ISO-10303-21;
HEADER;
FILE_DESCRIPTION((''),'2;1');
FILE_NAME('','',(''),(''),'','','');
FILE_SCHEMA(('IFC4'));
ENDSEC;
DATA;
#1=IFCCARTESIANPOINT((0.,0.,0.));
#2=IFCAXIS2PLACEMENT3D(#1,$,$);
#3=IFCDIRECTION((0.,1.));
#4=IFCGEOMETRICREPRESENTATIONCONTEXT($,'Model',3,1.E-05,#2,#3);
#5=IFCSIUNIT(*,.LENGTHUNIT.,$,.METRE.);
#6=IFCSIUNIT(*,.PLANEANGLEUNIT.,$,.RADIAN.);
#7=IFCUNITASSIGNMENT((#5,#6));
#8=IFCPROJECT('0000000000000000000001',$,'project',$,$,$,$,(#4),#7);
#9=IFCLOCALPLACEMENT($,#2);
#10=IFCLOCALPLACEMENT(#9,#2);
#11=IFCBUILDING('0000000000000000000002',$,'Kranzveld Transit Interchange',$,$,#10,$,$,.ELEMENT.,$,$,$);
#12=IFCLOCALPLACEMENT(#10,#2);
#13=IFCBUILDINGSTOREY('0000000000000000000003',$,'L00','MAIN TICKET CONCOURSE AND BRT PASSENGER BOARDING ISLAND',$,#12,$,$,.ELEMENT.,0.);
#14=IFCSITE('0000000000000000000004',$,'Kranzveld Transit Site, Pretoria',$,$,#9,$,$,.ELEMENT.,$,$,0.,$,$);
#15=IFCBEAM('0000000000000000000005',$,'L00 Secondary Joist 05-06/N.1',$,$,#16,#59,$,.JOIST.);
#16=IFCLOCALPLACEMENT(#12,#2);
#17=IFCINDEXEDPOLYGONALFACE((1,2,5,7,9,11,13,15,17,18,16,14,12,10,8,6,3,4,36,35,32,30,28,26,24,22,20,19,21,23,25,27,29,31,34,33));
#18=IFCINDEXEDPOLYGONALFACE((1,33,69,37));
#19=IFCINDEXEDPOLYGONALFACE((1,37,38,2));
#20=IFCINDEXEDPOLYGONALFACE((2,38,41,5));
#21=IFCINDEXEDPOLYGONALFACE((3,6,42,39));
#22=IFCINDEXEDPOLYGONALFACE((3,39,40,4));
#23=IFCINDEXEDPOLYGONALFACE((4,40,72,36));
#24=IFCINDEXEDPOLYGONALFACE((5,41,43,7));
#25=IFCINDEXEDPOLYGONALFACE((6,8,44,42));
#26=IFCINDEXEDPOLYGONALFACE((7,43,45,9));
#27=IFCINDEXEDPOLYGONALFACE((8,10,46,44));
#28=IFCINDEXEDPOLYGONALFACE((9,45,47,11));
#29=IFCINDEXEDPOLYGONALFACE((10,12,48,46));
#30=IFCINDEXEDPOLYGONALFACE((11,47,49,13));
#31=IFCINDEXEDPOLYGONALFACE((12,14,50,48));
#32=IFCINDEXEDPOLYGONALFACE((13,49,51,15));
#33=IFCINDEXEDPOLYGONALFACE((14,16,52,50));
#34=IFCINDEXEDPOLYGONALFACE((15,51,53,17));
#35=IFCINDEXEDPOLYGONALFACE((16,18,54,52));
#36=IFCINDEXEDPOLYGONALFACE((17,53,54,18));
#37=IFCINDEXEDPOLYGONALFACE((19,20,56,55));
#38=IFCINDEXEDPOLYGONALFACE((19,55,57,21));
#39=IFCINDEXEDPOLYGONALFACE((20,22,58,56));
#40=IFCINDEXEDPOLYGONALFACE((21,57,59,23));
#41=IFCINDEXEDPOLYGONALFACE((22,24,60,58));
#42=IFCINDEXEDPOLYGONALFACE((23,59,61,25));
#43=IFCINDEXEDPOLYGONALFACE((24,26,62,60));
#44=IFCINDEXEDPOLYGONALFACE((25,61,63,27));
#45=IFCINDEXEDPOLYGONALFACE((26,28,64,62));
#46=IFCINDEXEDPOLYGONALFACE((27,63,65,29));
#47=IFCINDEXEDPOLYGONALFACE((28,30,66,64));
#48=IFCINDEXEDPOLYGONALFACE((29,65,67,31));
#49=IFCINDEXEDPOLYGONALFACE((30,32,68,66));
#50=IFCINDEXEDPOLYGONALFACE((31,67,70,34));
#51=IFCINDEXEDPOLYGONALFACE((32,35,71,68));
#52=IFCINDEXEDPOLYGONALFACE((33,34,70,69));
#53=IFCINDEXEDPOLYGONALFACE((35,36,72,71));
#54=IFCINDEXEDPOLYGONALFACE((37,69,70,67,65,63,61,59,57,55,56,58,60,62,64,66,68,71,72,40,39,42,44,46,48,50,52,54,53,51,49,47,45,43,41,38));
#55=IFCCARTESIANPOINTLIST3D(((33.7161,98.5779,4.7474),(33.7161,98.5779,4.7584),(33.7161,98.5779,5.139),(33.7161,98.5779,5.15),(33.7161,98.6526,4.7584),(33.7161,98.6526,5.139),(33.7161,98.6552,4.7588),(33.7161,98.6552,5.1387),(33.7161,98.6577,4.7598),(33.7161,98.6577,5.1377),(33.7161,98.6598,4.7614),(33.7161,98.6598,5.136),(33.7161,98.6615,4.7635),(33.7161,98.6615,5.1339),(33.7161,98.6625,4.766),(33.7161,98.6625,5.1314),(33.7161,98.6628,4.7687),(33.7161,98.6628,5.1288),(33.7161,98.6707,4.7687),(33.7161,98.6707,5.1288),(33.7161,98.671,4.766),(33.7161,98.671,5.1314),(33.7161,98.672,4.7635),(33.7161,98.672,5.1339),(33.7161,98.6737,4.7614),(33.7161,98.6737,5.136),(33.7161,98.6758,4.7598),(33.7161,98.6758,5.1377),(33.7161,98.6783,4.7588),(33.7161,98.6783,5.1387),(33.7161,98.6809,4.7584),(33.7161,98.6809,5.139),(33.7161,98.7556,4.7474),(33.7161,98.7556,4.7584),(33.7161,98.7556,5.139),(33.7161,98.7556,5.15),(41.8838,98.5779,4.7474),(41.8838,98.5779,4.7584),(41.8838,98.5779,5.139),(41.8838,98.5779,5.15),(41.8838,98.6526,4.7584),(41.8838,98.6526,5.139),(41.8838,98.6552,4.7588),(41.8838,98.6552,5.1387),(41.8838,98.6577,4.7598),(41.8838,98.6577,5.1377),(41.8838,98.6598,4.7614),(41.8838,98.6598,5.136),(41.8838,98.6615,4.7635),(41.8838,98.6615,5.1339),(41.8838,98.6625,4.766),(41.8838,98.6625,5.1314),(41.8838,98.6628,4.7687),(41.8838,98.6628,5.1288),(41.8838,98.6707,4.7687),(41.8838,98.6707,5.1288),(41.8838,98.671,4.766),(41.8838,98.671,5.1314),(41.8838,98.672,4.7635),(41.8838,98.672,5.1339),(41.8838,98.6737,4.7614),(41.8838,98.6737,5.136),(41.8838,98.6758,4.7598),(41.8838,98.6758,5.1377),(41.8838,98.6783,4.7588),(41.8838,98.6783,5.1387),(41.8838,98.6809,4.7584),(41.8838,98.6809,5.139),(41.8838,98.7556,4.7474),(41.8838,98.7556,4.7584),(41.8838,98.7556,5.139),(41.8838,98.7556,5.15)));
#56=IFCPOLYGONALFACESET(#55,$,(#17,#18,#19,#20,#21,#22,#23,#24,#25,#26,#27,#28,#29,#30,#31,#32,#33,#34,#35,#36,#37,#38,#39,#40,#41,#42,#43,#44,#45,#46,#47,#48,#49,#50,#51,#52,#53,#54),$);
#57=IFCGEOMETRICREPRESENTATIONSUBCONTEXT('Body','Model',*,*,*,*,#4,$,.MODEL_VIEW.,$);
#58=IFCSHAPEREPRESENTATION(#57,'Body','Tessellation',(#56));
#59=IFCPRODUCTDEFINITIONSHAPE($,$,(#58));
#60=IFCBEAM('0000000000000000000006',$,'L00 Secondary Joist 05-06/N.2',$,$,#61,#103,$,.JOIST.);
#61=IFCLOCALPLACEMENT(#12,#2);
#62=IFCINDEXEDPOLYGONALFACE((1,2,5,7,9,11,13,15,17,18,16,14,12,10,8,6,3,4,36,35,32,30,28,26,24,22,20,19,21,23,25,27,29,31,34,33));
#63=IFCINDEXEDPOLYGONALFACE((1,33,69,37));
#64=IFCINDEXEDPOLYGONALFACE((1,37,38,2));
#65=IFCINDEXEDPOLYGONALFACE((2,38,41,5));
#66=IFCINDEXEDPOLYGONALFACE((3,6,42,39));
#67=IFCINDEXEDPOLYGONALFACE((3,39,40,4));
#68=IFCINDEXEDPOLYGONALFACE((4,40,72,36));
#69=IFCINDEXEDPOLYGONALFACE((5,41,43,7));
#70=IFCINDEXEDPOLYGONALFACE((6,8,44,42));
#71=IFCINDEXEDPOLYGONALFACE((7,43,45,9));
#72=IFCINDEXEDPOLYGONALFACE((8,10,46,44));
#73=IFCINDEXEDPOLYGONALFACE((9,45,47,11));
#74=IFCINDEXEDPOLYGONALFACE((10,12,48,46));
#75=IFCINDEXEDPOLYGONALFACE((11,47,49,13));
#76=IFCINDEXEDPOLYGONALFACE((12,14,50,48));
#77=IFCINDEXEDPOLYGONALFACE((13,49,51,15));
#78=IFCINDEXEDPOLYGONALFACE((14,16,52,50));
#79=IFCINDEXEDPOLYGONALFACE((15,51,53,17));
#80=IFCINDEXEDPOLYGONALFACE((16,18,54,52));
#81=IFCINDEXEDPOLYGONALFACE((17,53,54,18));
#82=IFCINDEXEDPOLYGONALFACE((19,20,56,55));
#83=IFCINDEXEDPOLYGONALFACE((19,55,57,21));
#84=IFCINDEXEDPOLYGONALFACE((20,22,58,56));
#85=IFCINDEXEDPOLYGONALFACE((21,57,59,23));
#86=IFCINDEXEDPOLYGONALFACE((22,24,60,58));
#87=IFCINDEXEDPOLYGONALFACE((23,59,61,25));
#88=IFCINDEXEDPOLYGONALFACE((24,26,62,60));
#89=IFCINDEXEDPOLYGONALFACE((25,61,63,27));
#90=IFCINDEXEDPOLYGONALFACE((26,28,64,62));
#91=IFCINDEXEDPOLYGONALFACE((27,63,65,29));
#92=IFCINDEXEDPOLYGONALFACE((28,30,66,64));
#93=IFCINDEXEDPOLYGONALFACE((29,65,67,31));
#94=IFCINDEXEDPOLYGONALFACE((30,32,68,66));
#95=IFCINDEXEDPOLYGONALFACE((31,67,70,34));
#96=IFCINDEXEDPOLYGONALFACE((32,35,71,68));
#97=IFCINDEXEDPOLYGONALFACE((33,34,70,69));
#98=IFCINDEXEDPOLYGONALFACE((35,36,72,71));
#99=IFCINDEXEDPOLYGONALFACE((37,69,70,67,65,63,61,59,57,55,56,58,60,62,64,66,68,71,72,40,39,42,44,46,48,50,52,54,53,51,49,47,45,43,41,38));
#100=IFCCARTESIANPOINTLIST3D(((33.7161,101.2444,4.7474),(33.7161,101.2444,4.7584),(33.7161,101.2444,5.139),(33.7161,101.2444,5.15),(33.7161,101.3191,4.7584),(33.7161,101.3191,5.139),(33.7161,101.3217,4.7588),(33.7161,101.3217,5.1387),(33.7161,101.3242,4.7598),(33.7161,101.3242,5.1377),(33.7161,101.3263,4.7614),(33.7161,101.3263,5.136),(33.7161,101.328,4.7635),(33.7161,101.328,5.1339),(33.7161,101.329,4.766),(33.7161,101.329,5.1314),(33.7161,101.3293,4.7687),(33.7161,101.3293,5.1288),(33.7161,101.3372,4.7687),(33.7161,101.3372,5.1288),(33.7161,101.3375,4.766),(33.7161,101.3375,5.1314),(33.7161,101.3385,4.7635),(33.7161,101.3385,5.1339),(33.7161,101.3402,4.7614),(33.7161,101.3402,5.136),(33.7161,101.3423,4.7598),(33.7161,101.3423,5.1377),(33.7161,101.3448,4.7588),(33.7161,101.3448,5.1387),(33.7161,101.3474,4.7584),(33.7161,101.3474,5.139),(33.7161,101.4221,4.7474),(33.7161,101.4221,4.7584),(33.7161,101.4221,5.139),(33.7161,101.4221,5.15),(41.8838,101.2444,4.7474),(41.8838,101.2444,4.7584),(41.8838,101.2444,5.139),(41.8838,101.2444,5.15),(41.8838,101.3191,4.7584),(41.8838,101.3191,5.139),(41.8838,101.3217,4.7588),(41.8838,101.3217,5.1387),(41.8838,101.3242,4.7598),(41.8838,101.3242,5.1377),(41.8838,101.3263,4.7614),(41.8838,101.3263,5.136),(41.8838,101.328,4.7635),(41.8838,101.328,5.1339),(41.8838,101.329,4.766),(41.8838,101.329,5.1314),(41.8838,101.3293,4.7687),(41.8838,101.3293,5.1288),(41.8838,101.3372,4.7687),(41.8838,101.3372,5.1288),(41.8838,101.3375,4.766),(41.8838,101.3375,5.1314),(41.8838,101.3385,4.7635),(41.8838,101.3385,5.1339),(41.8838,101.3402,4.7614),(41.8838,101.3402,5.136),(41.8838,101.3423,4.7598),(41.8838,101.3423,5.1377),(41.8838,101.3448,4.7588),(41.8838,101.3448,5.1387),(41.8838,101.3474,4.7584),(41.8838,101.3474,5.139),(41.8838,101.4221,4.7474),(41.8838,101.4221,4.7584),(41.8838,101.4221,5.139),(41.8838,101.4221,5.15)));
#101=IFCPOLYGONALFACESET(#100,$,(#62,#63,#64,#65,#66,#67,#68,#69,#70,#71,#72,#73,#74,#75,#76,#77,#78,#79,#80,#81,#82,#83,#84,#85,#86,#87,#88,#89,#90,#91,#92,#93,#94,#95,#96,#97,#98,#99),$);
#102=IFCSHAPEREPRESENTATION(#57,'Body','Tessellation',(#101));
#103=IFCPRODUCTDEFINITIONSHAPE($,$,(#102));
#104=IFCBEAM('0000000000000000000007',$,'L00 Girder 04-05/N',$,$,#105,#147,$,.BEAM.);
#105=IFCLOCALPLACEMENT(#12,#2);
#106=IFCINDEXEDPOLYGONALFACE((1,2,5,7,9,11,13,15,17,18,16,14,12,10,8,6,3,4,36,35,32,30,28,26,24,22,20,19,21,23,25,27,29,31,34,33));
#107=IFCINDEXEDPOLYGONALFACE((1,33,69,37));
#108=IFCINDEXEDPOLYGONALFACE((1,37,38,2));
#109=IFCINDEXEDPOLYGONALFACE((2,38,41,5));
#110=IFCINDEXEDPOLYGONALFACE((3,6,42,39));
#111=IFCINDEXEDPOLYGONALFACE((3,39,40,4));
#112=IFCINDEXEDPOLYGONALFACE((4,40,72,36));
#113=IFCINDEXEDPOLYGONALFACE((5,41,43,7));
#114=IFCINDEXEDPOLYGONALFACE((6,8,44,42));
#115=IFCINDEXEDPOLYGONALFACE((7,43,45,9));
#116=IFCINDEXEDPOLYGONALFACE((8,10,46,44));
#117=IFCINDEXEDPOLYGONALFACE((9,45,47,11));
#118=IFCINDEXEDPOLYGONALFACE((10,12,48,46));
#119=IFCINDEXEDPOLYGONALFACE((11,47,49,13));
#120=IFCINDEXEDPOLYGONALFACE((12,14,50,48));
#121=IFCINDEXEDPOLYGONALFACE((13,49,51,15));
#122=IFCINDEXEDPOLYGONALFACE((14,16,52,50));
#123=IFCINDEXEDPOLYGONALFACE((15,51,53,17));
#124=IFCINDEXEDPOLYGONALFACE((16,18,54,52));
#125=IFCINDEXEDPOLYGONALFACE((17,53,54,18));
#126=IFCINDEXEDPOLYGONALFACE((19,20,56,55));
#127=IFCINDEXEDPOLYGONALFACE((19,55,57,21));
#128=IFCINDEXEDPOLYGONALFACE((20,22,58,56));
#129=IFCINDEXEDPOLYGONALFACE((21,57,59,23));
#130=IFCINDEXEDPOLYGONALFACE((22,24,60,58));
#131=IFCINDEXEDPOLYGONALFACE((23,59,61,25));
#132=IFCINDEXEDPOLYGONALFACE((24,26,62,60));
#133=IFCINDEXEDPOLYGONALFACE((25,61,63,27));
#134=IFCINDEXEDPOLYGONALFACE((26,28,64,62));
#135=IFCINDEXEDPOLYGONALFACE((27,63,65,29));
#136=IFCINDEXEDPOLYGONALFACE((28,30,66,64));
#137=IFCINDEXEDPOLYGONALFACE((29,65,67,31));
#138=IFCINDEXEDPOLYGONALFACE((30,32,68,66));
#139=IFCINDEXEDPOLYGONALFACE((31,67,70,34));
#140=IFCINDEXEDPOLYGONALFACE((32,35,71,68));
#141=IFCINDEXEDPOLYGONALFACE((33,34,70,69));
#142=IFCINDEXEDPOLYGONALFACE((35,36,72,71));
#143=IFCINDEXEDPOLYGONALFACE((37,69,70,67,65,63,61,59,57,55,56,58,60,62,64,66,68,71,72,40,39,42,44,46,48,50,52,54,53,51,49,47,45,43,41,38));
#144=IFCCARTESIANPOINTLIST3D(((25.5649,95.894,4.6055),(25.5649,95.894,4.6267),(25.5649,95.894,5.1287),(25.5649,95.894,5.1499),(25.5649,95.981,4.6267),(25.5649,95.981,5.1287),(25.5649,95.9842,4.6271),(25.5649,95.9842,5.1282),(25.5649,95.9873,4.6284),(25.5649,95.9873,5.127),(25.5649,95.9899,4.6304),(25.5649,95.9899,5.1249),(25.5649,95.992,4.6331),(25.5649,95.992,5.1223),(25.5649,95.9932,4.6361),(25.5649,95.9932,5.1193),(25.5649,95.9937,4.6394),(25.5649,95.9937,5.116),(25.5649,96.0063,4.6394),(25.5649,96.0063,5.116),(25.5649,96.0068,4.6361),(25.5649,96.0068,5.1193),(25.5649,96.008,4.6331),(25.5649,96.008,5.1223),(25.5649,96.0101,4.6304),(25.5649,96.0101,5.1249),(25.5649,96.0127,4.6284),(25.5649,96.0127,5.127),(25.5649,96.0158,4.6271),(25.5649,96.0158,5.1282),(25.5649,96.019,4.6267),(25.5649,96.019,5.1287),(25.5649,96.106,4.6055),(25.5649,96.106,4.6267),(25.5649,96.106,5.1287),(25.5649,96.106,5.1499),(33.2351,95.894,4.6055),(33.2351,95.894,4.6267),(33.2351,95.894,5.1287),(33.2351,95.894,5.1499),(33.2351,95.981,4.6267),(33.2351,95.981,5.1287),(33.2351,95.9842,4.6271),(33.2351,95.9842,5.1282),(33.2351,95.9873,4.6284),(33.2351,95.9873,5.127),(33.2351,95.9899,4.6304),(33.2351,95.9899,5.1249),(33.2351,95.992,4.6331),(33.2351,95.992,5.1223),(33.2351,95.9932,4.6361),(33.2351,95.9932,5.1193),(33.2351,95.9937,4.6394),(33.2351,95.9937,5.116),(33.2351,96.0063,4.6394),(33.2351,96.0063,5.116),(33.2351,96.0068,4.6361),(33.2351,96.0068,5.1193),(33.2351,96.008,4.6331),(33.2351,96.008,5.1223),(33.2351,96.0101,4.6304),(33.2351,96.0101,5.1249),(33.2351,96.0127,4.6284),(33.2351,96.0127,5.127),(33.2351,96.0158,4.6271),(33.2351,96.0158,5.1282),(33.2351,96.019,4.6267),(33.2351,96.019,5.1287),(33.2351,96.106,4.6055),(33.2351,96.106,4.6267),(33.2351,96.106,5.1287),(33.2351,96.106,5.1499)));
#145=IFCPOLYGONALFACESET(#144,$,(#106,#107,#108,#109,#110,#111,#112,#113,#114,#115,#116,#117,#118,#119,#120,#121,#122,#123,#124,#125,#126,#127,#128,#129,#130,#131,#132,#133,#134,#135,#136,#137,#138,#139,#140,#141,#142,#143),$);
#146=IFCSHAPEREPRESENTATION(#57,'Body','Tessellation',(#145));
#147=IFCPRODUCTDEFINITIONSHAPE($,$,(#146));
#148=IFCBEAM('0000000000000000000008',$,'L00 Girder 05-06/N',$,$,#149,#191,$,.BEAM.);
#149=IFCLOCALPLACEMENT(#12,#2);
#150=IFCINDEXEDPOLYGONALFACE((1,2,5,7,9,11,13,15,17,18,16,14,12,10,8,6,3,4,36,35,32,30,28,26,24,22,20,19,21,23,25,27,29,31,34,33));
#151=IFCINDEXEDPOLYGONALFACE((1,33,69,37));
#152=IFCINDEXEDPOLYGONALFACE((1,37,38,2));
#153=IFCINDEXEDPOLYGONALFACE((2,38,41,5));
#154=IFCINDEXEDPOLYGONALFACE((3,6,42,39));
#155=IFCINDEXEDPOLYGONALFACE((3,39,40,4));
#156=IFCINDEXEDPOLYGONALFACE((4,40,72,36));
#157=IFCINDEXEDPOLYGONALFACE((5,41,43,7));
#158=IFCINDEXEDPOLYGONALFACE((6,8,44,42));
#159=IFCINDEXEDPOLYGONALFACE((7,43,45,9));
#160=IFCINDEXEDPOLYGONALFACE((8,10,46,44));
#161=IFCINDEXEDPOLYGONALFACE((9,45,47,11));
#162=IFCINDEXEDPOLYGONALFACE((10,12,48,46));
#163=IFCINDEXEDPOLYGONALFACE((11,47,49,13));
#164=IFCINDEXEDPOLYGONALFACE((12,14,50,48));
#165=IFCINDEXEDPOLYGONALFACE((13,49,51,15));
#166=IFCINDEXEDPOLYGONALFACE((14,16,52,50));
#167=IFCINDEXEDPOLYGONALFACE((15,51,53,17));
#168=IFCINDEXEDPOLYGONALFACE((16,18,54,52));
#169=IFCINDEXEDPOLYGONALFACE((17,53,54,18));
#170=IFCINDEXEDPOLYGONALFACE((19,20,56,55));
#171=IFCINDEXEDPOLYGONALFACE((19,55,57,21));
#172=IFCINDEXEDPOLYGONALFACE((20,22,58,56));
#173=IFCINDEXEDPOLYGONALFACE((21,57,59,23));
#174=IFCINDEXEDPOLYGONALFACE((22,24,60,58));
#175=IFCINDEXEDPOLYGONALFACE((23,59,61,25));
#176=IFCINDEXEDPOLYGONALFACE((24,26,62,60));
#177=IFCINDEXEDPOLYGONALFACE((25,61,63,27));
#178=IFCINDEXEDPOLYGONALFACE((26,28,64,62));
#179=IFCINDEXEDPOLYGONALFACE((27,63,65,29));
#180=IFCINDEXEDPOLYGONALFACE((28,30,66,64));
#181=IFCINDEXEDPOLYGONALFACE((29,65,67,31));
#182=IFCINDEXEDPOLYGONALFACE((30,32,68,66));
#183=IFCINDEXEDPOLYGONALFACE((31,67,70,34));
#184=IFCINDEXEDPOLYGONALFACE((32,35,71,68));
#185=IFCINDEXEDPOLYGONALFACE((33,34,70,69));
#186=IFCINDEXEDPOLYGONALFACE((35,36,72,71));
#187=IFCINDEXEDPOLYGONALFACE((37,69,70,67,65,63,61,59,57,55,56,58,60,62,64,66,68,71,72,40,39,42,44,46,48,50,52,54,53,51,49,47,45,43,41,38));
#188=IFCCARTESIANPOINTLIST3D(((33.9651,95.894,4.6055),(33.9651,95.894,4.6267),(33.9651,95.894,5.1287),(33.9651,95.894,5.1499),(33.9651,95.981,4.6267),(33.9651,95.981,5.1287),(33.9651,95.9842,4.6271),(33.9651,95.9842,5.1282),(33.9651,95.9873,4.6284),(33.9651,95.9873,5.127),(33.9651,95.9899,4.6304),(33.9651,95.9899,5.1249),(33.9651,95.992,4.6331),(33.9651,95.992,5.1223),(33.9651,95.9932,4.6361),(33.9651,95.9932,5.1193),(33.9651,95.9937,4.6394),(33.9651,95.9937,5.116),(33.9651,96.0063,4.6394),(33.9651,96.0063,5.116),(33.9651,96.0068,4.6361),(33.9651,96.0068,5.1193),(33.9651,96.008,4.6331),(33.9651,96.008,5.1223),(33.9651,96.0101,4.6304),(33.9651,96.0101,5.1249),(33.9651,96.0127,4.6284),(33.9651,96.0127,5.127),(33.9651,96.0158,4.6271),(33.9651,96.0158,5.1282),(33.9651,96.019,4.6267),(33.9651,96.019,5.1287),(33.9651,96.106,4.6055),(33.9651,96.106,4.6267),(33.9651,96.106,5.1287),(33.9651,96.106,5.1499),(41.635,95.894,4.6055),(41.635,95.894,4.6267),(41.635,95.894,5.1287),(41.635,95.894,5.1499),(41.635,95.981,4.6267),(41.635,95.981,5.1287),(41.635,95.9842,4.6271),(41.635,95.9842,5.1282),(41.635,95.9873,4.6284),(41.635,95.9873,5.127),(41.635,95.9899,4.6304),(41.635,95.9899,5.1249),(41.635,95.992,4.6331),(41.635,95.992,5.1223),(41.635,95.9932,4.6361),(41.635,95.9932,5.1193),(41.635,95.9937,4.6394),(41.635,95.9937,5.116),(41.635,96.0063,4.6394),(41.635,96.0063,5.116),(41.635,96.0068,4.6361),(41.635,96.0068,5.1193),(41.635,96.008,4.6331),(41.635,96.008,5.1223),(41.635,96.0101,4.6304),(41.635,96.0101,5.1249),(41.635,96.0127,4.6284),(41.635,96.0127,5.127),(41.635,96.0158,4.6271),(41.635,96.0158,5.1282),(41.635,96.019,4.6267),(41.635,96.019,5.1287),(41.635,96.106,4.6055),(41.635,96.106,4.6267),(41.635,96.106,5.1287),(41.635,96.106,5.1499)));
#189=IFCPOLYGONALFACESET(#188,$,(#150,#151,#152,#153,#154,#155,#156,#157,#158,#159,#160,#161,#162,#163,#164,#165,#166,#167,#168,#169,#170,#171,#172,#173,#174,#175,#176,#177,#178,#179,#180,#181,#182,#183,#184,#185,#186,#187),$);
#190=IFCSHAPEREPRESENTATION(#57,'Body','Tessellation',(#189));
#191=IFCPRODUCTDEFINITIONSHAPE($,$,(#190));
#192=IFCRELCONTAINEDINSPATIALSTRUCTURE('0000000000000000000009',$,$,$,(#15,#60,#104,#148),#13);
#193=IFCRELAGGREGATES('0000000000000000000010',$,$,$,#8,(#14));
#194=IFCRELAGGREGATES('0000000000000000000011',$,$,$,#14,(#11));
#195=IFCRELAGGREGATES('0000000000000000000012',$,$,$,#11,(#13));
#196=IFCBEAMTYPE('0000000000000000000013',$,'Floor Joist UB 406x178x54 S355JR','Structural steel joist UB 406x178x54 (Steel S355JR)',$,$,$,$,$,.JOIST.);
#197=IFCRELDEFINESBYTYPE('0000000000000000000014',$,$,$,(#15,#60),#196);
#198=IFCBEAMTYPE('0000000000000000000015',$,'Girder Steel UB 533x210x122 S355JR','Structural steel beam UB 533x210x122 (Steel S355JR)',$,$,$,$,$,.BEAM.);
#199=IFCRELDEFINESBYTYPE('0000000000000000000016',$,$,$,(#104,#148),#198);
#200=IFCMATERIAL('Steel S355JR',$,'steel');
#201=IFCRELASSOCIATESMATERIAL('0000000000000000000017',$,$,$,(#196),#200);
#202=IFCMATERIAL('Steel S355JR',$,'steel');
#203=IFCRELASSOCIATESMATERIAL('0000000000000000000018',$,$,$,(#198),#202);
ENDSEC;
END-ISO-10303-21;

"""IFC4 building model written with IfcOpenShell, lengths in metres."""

from ifc_helpers import new_model, si_unit, direction, frame, origin, origin_2d, place, context, subcontext, project, spatial, i_section, extrude, material, material_profile, profile_set, type_object, element, save


model = new_model("IFC4")

# Units and contexts
model_context = context("Model", 3, precision=1e-05, world=origin(), true_north=direction((0.0, 1.0)))
body_context = subcontext(model_context, "Body", "Model", "MODEL_VIEW")
ifc_project = project(units=[si_unit("LENGTHUNIT", "METRE"), si_unit("PLANEANGLEUNIT", "RADIAN")], contexts=[model_context])

# Site, building, storey
site_placement = place(None, origin())
site = spatial("IfcSite", under=ifc_project, at=site_placement, Name="Kranzveld Transit Site, Pretoria", CompositionType="ELEMENT", RefElevation=0.0)
building_placement = place(site_placement, origin())
building = spatial("IfcBuilding", under=site, at=building_placement, Name="Kranzveld Transit Interchange", CompositionType="ELEMENT")
storey_placement = place(building_placement, origin())
storey = spatial("IfcBuildingStorey", under=building, at=storey_placement, Name="L00", Description="MAIN TICKET CONCOURSE AND BRT PASSENGER BOARDING ISLAND", CompositionType="ELEMENT", Elevation=0.0)

# Beams
ifc_material_1 = material(Name="Steel S355JR", Category="steel")
ifc_material_profile_1 = material_profile(ifc_material_1, i_section(OverallWidth=0.1777, OverallDepth=0.4026, WebThickness=0.0078, FlangeThickness=0.011, FilletRadius=0.0103, at=origin_2d()), Name="UB 406x178x54")
ifc_profile_set_1 = profile_set([ifc_material_profile_1], Name="Steel S355JR")
beam_type_1 = type_object("IfcBeamType", Name="Floor Joist UB 406x178x54 S355JR", Description="Structural steel joist UB 406x178x54 (Steel S355JR)", PredefinedType="JOIST", material=ifc_profile_set_1)
for number, where, z_axis, x_axis, name in (
    (1, (33.7161, 98.6667, 4.9487), (1.0, 0.0, 0.0), (0.0, 1.0, 0.0), "L00 Secondary Joist 05-06/N.1"),
    (2, (33.7161, 101.3333, 4.9487), (1.0, 0.0, 0.0), (0.0, 1.0, 0.0), "L00 Secondary Joist 05-06/N.2"),
):
    element("IfcBeam", number, at=place(storey_placement, frame(where, z_axis=z_axis, x_axis=x_axis)), inside=storey, type_object=beam_type_1, Name=name, PredefinedType="JOIST", context=body_context, shape_type="SweptSolid", body=[
        extrude(i_section(OverallWidth=0.1777, OverallDepth=0.4026, WebThickness=0.0078, FlangeThickness=0.011, FilletRadius=0.0103, at=origin_2d()), origin(), (0.0, 0.0, 1.0), 8.1677),
    ])
ifc_material_2 = material(Name="Steel S355JR", Category="steel")
ifc_material_profile_2 = material_profile(ifc_material_2, i_section(OverallWidth=0.2119, OverallDepth=0.5444, WebThickness=0.0127, FlangeThickness=0.0212, FilletRadius=0.0127, at=origin_2d()), Name="UB 533x210x122")
ifc_profile_set_2 = profile_set([ifc_material_profile_2], Name="Steel S355JR")
beam_type_2 = type_object("IfcBeamType", Name="Girder Steel UB 533x210x122 S355JR", Description="Structural steel beam UB 533x210x122 (Steel S355JR)", PredefinedType="BEAM", material=ifc_profile_set_2)
beam_1_placement = place(storey_placement, frame((25.5649, 96.0, 4.8777), z_axis=(1.0, 0.0, 0.0), x_axis=(0.0, 1.0, 0.0)))
element("IfcBeam", 3, at=beam_1_placement, inside=storey, type_object=beam_type_2, Name="L00 Girder 04-05/N", PredefinedType="BEAM", context=body_context, shape_type="SweptSolid", body=[
    extrude(i_section(OverallWidth=0.2119, OverallDepth=0.5444, WebThickness=0.0127, FlangeThickness=0.0212, FilletRadius=0.0127, at=origin_2d()), origin(), (0.0, 0.0, 1.0), 7.6702),
])
beam_2_placement = place(storey_placement, frame((33.9651, 96.0, 4.8777), z_axis=(1.0, 0.0, 0.0), x_axis=(0.0, 1.0, 0.0)))
element("IfcBeam", 4, at=beam_2_placement, inside=storey, type_object=beam_type_2, Name="L00 Girder 05-06/N", PredefinedType="BEAM", context=body_context, shape_type="SweptSolid", body=[
    extrude(i_section(OverallWidth=0.2119, OverallDepth=0.5444, WebThickness=0.0127, FlangeThickness=0.0212, FilletRadius=0.0127, at=origin_2d()), origin(), (0.0, 0.0, 1.0), 7.6699),
])

save(model, "model.ifc")
